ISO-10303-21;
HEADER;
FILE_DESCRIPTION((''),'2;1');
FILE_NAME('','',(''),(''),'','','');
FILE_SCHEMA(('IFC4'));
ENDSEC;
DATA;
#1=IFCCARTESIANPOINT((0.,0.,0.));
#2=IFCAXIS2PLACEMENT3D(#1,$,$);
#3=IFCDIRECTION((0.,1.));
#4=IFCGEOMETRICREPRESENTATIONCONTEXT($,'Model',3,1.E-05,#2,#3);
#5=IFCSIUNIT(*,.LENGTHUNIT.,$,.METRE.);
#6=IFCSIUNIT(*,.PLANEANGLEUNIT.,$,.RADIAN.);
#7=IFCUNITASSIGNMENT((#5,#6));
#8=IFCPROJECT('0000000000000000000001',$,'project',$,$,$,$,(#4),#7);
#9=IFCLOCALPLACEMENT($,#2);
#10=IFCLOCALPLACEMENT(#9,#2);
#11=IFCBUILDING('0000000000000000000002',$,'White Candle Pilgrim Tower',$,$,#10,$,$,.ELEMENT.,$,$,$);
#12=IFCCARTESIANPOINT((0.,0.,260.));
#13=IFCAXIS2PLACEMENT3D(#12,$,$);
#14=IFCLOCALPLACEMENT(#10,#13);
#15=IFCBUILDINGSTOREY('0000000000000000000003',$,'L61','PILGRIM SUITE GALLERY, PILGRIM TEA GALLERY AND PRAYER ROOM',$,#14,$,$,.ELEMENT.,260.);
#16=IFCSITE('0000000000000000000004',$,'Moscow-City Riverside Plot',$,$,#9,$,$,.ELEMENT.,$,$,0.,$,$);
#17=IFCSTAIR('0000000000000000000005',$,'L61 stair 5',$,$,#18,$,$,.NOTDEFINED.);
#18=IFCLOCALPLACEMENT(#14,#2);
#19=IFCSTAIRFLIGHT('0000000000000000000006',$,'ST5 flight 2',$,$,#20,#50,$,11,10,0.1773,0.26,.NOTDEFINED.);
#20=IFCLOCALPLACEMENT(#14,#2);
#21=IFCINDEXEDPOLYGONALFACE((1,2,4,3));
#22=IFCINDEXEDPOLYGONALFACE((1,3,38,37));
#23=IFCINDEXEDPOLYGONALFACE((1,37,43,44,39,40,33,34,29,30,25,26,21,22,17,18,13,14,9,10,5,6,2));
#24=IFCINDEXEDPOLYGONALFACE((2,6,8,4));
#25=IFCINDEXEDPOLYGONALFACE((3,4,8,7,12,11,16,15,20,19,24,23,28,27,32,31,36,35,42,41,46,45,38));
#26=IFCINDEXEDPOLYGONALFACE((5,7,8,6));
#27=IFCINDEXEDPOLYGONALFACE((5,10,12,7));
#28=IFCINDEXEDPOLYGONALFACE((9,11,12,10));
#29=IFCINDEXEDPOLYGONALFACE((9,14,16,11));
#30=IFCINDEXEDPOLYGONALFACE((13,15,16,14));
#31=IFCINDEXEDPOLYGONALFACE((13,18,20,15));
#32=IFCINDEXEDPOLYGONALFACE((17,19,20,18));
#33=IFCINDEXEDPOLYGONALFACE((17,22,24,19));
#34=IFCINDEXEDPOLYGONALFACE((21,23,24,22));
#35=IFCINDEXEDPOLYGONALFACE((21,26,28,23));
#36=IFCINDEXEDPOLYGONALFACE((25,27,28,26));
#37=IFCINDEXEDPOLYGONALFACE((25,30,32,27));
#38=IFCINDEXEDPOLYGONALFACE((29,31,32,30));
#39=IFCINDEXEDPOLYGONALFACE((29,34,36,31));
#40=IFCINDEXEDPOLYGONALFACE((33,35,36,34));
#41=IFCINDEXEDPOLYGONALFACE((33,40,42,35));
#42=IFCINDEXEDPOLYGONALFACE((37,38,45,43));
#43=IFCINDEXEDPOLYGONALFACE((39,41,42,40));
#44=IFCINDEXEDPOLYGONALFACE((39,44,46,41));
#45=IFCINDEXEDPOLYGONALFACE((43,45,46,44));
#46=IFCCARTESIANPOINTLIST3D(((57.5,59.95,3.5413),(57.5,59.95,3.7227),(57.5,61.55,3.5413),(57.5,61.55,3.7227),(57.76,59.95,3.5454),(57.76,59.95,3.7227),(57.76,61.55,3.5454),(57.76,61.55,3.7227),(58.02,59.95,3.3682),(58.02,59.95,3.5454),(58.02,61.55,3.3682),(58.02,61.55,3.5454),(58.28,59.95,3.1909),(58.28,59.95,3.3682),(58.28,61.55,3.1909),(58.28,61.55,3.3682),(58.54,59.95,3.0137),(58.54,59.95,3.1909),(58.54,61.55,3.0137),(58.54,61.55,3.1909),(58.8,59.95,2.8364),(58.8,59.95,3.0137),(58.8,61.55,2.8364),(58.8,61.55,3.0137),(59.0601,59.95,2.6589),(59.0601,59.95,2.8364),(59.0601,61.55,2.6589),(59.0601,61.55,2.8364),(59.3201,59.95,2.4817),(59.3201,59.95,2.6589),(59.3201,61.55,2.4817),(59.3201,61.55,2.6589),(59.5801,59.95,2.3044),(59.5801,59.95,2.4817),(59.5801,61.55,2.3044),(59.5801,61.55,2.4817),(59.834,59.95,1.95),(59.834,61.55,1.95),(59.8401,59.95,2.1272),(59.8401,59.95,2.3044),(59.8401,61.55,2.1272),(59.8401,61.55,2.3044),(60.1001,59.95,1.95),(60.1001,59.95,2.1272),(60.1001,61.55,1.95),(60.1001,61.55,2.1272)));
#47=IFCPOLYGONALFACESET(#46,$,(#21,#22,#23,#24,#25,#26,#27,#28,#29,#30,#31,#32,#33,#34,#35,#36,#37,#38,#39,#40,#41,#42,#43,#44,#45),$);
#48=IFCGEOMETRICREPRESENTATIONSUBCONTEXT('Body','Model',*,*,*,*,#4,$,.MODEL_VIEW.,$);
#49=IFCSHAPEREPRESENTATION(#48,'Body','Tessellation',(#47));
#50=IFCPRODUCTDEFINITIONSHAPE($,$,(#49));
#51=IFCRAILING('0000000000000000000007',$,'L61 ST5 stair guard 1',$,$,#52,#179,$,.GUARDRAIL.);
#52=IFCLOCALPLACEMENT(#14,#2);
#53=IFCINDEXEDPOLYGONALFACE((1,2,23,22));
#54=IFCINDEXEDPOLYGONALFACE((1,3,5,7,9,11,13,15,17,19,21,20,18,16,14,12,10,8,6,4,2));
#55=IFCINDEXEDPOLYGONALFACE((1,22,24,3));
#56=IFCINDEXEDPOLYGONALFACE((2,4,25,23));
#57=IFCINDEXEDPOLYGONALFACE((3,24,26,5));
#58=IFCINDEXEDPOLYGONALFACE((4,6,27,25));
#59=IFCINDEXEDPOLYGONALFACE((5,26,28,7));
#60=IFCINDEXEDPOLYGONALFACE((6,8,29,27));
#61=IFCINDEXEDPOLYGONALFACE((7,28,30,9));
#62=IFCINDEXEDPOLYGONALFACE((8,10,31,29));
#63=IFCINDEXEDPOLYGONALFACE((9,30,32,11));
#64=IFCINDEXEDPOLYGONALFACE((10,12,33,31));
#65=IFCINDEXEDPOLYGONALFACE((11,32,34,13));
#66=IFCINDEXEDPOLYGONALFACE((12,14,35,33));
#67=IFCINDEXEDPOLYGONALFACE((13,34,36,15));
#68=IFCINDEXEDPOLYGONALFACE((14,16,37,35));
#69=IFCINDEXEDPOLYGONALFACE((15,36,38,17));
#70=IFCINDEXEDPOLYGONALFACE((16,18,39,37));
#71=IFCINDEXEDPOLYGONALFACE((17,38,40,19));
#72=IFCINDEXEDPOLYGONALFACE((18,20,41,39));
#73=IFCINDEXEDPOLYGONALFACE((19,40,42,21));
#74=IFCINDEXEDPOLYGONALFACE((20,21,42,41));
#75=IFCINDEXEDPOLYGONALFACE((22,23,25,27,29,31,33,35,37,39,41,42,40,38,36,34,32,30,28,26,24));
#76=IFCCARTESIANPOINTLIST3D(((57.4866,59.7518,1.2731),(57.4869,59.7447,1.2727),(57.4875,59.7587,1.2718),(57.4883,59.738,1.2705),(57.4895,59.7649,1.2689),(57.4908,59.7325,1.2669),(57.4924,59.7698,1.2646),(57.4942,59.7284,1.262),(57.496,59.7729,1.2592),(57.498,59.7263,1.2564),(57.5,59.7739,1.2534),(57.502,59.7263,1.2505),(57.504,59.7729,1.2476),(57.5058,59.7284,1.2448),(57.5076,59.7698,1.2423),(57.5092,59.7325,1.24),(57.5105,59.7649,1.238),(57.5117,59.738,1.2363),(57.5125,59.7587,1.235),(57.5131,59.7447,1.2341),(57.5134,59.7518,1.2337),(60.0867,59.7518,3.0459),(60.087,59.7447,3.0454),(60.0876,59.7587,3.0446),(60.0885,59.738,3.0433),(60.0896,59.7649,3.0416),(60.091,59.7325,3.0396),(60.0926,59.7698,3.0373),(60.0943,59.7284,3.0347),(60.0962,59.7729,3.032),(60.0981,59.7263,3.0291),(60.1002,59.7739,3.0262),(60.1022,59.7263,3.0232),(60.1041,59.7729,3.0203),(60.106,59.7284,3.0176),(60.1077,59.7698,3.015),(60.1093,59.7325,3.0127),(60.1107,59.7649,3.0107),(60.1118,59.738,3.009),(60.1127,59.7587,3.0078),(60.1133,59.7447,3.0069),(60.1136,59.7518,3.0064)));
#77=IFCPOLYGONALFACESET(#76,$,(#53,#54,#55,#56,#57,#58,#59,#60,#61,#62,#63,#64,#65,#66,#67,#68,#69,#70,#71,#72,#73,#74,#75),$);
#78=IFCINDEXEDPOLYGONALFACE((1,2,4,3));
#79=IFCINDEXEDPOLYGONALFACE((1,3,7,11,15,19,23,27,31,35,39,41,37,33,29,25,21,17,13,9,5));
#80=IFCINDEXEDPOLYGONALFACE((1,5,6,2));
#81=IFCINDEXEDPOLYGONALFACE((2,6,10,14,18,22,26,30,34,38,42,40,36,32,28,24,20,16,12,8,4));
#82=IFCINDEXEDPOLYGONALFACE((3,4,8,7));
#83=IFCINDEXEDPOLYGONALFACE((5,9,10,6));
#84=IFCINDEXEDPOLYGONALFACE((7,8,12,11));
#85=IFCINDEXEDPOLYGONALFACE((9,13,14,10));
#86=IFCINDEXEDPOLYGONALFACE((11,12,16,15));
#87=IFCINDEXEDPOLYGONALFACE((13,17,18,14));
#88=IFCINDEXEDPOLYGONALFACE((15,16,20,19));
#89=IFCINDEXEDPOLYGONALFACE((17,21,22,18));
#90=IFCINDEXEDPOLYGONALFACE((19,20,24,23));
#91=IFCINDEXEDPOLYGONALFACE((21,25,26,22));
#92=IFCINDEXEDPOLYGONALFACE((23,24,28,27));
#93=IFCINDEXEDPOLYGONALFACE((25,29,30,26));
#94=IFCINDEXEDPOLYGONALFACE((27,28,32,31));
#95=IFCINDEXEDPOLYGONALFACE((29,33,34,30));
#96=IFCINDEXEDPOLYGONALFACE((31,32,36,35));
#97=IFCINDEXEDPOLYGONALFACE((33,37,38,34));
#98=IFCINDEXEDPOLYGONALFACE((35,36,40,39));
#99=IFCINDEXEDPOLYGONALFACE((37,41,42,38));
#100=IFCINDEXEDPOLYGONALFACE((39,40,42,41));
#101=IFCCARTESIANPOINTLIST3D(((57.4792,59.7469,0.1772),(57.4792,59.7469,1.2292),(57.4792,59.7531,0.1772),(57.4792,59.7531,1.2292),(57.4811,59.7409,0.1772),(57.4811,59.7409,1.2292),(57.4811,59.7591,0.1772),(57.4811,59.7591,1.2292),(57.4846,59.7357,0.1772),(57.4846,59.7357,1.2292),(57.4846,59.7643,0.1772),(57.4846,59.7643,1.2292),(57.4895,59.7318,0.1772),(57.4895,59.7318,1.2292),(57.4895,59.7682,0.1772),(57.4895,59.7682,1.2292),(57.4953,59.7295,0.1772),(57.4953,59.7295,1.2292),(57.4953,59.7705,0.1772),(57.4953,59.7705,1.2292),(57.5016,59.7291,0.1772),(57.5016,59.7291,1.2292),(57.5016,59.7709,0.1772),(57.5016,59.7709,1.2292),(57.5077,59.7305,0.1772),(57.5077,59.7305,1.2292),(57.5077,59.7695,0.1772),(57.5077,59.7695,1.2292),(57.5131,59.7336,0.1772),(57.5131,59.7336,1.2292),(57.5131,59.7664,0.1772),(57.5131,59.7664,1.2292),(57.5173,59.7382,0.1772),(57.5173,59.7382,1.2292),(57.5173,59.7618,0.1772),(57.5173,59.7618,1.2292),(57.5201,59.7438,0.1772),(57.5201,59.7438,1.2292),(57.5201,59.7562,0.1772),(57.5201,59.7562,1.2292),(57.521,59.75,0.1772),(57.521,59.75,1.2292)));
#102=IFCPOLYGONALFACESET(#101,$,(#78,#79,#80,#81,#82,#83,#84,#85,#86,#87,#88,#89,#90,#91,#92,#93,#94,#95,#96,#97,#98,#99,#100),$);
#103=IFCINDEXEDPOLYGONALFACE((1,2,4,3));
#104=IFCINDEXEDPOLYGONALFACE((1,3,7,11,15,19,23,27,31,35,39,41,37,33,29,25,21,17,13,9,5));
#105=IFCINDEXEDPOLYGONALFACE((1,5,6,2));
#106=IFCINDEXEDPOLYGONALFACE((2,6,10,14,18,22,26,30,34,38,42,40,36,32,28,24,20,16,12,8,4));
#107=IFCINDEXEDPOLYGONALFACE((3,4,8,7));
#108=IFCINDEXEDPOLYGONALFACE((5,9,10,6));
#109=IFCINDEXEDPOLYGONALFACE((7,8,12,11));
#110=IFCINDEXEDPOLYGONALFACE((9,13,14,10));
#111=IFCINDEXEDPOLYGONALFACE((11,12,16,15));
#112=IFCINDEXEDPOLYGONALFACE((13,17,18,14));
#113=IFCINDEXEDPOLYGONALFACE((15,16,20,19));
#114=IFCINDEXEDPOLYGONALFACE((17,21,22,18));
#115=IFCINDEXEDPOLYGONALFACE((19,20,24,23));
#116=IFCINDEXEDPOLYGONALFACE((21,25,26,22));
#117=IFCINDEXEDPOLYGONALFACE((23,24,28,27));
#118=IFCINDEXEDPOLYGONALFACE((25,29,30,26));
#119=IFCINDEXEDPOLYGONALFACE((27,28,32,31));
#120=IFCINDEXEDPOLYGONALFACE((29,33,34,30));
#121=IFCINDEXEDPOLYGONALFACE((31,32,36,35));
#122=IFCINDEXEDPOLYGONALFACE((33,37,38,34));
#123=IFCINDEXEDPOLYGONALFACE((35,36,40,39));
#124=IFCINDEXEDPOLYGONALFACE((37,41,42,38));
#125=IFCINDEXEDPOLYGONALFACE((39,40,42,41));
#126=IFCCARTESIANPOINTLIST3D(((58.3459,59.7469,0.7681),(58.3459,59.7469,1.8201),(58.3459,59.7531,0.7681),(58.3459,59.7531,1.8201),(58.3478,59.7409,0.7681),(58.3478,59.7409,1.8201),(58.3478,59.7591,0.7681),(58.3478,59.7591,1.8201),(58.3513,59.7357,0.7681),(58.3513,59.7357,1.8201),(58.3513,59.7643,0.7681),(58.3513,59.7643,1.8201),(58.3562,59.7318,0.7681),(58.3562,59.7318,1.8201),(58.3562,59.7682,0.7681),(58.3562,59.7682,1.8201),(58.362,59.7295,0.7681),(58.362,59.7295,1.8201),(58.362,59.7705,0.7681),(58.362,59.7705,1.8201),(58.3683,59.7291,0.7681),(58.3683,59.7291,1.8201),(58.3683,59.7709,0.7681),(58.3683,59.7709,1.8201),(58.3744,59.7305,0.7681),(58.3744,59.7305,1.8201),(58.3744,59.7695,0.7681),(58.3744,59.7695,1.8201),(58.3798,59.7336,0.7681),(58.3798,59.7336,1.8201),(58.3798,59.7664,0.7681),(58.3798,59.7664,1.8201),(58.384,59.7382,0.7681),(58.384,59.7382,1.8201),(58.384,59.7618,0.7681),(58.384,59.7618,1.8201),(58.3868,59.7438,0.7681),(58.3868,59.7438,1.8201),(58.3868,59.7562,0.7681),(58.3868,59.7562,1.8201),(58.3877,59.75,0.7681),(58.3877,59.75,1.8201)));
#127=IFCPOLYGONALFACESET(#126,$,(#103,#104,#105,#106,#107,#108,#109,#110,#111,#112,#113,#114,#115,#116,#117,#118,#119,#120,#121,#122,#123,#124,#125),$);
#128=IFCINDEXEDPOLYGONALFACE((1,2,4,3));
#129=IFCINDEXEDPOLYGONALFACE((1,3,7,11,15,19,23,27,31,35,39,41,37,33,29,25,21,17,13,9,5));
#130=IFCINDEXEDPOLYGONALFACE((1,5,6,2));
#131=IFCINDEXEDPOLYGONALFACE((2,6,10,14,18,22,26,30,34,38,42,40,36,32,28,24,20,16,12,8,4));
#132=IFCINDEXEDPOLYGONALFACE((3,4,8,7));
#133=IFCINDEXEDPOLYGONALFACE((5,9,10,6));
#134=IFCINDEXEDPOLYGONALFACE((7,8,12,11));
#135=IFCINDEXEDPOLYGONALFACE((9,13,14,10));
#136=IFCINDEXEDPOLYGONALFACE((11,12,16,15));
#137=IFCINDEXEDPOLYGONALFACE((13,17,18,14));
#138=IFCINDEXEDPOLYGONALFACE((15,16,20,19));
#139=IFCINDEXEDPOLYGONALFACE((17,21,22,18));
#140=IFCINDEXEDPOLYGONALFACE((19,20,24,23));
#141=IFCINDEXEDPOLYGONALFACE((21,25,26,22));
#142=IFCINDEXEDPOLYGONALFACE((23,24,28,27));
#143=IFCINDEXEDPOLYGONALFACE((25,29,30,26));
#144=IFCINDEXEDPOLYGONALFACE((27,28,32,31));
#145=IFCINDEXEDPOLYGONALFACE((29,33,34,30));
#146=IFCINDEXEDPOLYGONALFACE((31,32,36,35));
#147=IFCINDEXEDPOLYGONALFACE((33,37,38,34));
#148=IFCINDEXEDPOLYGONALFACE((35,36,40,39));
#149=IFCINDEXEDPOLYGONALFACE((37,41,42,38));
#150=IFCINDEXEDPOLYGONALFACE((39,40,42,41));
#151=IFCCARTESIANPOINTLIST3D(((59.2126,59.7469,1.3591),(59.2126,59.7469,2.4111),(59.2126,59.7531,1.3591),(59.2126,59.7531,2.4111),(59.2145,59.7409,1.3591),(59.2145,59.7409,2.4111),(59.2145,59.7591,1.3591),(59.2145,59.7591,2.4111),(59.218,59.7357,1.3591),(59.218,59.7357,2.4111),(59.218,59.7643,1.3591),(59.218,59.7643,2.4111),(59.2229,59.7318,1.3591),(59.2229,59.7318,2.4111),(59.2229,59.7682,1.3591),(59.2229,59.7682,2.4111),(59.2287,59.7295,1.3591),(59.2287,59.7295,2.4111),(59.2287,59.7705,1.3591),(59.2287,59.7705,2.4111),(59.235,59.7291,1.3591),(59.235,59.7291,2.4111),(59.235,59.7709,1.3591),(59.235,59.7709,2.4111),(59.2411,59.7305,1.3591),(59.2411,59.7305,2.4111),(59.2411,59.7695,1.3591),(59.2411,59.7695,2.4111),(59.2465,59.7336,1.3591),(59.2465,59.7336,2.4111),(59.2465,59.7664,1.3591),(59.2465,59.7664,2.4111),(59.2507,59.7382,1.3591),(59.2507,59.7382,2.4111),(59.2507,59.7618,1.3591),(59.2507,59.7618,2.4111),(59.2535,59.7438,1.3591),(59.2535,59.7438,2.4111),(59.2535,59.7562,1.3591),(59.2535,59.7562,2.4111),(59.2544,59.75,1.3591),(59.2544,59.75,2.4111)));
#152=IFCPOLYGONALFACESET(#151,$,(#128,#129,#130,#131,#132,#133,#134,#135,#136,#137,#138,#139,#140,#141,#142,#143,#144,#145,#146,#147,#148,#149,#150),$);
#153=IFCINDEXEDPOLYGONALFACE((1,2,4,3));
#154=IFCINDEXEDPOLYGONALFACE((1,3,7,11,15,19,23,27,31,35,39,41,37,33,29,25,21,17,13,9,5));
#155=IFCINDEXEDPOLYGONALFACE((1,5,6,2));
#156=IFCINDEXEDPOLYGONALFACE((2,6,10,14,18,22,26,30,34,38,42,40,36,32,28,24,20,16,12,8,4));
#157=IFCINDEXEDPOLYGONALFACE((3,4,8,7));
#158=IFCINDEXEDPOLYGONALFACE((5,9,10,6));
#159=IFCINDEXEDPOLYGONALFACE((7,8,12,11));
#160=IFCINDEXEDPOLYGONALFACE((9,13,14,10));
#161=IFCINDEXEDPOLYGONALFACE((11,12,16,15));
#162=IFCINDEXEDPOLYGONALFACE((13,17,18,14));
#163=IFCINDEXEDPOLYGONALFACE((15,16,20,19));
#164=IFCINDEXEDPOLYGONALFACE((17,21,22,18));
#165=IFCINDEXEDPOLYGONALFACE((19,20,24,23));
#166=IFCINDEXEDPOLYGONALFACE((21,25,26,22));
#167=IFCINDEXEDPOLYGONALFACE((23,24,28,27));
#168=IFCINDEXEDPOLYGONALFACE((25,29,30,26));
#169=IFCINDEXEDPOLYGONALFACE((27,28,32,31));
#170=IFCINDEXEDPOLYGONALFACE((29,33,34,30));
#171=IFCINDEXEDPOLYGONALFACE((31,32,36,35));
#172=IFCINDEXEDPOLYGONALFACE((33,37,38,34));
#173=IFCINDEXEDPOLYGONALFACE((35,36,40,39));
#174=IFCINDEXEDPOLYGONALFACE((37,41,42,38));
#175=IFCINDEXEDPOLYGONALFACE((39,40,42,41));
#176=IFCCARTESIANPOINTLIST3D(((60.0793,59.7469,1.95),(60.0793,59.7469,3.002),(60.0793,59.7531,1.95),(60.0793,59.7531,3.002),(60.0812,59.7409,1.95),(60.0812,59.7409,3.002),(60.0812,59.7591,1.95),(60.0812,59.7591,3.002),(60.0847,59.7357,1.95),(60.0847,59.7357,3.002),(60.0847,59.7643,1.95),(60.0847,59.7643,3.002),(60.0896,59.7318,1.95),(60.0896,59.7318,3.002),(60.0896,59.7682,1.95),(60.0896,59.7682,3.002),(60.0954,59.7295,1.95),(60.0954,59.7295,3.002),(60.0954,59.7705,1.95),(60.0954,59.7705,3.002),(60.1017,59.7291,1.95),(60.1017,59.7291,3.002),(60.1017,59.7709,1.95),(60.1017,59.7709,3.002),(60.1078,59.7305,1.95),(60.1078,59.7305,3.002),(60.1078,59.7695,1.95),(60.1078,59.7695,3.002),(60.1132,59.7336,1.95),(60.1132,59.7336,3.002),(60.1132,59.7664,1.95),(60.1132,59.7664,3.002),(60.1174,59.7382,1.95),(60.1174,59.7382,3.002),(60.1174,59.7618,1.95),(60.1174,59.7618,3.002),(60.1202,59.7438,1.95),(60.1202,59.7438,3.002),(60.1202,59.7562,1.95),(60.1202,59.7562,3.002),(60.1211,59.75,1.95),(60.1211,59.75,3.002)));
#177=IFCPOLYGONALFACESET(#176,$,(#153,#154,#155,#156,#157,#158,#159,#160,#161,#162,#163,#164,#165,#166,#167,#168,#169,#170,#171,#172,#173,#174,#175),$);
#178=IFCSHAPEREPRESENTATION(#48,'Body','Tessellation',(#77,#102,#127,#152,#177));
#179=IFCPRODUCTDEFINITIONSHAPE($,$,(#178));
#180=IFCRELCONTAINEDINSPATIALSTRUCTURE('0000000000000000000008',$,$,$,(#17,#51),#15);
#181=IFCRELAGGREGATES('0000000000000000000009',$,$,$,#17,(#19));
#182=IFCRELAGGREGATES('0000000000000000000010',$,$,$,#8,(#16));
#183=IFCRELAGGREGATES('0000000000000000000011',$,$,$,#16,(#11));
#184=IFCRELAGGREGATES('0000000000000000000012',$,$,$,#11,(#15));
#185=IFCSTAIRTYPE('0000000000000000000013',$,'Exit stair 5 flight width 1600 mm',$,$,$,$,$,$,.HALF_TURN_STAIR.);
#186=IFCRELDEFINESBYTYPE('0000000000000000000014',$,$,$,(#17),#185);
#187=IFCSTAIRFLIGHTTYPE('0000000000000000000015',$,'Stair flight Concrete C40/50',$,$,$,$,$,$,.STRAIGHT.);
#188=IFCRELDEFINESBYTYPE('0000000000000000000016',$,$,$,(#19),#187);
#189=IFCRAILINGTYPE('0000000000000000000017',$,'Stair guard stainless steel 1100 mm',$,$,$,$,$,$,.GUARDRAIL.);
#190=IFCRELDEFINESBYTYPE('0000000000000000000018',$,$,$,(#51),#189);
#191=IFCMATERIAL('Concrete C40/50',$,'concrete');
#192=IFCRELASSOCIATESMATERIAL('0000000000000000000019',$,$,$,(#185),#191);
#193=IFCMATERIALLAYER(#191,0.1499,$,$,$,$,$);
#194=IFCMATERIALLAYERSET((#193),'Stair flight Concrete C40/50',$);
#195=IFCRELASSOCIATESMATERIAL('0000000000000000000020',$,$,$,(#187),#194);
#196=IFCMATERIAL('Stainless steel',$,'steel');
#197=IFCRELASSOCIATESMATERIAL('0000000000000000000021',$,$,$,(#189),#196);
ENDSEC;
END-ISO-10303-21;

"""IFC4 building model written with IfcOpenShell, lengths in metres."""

from ifc_helpers import new_model, si_unit, direction, frame, origin, origin_2d, place, context, subcontext, project, spatial, polyline, circle, outline, extrude, material, layer, layer_set, type_object, element, aggregate, save


model = new_model("IFC4")

# Units and contexts
model_context = context("Model", 3, precision=1e-05, world=origin(), true_north=direction((0.0, 1.0)))
body_context = subcontext(model_context, "Body", "Model", "MODEL_VIEW")
ifc_project = project(units=[si_unit("LENGTHUNIT", "METRE"), si_unit("PLANEANGLEUNIT", "RADIAN")], contexts=[model_context])

# Site, building, storey
site_placement = place(None, origin())
site = spatial("IfcSite", under=ifc_project, at=site_placement, Name="Moscow-City Riverside Plot", CompositionType="ELEMENT", RefElevation=0.0)
building_placement = place(site_placement, origin())
building = spatial("IfcBuilding", under=site, at=building_placement, Name="White Candle Pilgrim Tower", CompositionType="ELEMENT")
storey_placement = place(building_placement, frame((0.0, 0.0, 260.0)))
storey = spatial("IfcBuildingStorey", under=building, at=storey_placement, Name="L61", Description="PILGRIM SUITE GALLERY, PILGRIM TEA GALLERY AND PRAYER ROOM", CompositionType="ELEMENT", Elevation=260.0)

# Stair, stair flight
ifc_material_1 = material(Name="Concrete C40/50", Category="concrete")
stair_type = type_object("IfcStairType", Name="Exit stair 5 flight width 1600 mm", PredefinedType="HALF_TURN_STAIR", material=ifc_material_1)
stair_placement = place(storey_placement, origin())
stair = element("IfcStair", 1, at=stair_placement, inside=storey, type_object=stair_type, Name="L61 stair 5", PredefinedType="NOTDEFINED")
ifc_layer_1 = layer(ifc_material_1, 0.1499)
ifc_layer_set_1 = layer_set([ifc_layer_1], Name="Stair flight Concrete C40/50")
stair_flight_type = type_object("IfcStairFlightType", Name="Stair flight Concrete C40/50", PredefinedType="STRAIGHT", material=ifc_layer_set_1)
stair_flight_1_placement = place(storey_placement, frame((60.1001, 60.75, 1.95), z_axis=(0.0, 0.0, 1.0), x_axis=(-1.0, 0.0, 0.0)))
stair_flight_1 = element("IfcStairFlight", 2, at=stair_flight_1_placement, type_object=stair_flight_type, Name="ST5 flight 2", NumberOfRisers=11, NumberOfTreads=10, PredefinedType="NOTDEFINED", RiserHeight=0.1773, TreadLength=0.26, context=body_context, shape_type="SweptSolid", body=[
    extrude(outline(polyline([(0.0, 0.0), (0.0, 0.1772), (0.26, 0.1772), (0.26, 0.3545), (0.52, 0.3545), (0.52, 0.5317), (0.78, 0.5317), (0.78, 0.709), (1.04, 0.709), (1.04, 0.8865), (1.3, 0.8865), (1.3, 1.0637), (1.5601, 1.0637), (1.5601, 1.241), (1.8201, 1.241), (1.8201, 1.4182), (2.0801, 1.4182), (2.0801, 1.5955), (2.3401, 1.5955), (2.3401, 1.7727), (2.6001, 1.7727), (2.6001, 1.95), (2.6001, 1.5913), (0.2661, 0.0), (0.0, 0.0)])), frame((0.0, 0.8, 0.0), z_axis=(0.0, -1.0, 0.0), x_axis=(1.0, 0.0, 0.0)), (0.0, 0.0, 1.0), 1.6001),
])
aggregate(stair, [stair_flight_1])

# Railing
ifc_material_2 = material(Name="Stainless steel", Category="steel")
railing_type_1 = type_object("IfcRailingType", Name="Stair guard stainless steel 1100 mm", PredefinedType="GUARDRAIL", material=ifc_material_2)
railing_1_placement = place(storey_placement, frame((57.5, 59.75, 0.1772)))
element("IfcRailing", 3, at=railing_1_placement, inside=storey, type_object=railing_type_1, Name="L61 ST5 stair guard 1", PredefinedType="GUARDRAIL", context=body_context, shape_type="SweptSolid", body=[
    extrude(circle(Radius=0.0239, at=origin_2d()), frame((0.0, 0.0, 1.0762), z_axis=(0.82624, 0.0, 0.563318), x_axis=(0.0, 1.0, 0.0)), (0.0, 0.0, 1.0), 3.147),
    extrude(circle(Radius=0.021, at=origin_2d()), origin(), (0.0, 0.0, 1.0), 1.052),
    extrude(circle(Radius=0.021, at=origin_2d()), frame((0.8667, 0.0, 0.5908)), (0.0, 0.0, 1.0), 1.052),
    extrude(circle(Radius=0.021, at=origin_2d()), frame((1.7334, 0.0, 1.1819)), (0.0, 0.0, 1.0), 1.052),
    extrude(circle(Radius=0.021, at=origin_2d()), frame((2.6001, 0.0, 1.7727)), (0.0, 0.0, 1.0), 1.052),
])

save(model, "model.ifc")
